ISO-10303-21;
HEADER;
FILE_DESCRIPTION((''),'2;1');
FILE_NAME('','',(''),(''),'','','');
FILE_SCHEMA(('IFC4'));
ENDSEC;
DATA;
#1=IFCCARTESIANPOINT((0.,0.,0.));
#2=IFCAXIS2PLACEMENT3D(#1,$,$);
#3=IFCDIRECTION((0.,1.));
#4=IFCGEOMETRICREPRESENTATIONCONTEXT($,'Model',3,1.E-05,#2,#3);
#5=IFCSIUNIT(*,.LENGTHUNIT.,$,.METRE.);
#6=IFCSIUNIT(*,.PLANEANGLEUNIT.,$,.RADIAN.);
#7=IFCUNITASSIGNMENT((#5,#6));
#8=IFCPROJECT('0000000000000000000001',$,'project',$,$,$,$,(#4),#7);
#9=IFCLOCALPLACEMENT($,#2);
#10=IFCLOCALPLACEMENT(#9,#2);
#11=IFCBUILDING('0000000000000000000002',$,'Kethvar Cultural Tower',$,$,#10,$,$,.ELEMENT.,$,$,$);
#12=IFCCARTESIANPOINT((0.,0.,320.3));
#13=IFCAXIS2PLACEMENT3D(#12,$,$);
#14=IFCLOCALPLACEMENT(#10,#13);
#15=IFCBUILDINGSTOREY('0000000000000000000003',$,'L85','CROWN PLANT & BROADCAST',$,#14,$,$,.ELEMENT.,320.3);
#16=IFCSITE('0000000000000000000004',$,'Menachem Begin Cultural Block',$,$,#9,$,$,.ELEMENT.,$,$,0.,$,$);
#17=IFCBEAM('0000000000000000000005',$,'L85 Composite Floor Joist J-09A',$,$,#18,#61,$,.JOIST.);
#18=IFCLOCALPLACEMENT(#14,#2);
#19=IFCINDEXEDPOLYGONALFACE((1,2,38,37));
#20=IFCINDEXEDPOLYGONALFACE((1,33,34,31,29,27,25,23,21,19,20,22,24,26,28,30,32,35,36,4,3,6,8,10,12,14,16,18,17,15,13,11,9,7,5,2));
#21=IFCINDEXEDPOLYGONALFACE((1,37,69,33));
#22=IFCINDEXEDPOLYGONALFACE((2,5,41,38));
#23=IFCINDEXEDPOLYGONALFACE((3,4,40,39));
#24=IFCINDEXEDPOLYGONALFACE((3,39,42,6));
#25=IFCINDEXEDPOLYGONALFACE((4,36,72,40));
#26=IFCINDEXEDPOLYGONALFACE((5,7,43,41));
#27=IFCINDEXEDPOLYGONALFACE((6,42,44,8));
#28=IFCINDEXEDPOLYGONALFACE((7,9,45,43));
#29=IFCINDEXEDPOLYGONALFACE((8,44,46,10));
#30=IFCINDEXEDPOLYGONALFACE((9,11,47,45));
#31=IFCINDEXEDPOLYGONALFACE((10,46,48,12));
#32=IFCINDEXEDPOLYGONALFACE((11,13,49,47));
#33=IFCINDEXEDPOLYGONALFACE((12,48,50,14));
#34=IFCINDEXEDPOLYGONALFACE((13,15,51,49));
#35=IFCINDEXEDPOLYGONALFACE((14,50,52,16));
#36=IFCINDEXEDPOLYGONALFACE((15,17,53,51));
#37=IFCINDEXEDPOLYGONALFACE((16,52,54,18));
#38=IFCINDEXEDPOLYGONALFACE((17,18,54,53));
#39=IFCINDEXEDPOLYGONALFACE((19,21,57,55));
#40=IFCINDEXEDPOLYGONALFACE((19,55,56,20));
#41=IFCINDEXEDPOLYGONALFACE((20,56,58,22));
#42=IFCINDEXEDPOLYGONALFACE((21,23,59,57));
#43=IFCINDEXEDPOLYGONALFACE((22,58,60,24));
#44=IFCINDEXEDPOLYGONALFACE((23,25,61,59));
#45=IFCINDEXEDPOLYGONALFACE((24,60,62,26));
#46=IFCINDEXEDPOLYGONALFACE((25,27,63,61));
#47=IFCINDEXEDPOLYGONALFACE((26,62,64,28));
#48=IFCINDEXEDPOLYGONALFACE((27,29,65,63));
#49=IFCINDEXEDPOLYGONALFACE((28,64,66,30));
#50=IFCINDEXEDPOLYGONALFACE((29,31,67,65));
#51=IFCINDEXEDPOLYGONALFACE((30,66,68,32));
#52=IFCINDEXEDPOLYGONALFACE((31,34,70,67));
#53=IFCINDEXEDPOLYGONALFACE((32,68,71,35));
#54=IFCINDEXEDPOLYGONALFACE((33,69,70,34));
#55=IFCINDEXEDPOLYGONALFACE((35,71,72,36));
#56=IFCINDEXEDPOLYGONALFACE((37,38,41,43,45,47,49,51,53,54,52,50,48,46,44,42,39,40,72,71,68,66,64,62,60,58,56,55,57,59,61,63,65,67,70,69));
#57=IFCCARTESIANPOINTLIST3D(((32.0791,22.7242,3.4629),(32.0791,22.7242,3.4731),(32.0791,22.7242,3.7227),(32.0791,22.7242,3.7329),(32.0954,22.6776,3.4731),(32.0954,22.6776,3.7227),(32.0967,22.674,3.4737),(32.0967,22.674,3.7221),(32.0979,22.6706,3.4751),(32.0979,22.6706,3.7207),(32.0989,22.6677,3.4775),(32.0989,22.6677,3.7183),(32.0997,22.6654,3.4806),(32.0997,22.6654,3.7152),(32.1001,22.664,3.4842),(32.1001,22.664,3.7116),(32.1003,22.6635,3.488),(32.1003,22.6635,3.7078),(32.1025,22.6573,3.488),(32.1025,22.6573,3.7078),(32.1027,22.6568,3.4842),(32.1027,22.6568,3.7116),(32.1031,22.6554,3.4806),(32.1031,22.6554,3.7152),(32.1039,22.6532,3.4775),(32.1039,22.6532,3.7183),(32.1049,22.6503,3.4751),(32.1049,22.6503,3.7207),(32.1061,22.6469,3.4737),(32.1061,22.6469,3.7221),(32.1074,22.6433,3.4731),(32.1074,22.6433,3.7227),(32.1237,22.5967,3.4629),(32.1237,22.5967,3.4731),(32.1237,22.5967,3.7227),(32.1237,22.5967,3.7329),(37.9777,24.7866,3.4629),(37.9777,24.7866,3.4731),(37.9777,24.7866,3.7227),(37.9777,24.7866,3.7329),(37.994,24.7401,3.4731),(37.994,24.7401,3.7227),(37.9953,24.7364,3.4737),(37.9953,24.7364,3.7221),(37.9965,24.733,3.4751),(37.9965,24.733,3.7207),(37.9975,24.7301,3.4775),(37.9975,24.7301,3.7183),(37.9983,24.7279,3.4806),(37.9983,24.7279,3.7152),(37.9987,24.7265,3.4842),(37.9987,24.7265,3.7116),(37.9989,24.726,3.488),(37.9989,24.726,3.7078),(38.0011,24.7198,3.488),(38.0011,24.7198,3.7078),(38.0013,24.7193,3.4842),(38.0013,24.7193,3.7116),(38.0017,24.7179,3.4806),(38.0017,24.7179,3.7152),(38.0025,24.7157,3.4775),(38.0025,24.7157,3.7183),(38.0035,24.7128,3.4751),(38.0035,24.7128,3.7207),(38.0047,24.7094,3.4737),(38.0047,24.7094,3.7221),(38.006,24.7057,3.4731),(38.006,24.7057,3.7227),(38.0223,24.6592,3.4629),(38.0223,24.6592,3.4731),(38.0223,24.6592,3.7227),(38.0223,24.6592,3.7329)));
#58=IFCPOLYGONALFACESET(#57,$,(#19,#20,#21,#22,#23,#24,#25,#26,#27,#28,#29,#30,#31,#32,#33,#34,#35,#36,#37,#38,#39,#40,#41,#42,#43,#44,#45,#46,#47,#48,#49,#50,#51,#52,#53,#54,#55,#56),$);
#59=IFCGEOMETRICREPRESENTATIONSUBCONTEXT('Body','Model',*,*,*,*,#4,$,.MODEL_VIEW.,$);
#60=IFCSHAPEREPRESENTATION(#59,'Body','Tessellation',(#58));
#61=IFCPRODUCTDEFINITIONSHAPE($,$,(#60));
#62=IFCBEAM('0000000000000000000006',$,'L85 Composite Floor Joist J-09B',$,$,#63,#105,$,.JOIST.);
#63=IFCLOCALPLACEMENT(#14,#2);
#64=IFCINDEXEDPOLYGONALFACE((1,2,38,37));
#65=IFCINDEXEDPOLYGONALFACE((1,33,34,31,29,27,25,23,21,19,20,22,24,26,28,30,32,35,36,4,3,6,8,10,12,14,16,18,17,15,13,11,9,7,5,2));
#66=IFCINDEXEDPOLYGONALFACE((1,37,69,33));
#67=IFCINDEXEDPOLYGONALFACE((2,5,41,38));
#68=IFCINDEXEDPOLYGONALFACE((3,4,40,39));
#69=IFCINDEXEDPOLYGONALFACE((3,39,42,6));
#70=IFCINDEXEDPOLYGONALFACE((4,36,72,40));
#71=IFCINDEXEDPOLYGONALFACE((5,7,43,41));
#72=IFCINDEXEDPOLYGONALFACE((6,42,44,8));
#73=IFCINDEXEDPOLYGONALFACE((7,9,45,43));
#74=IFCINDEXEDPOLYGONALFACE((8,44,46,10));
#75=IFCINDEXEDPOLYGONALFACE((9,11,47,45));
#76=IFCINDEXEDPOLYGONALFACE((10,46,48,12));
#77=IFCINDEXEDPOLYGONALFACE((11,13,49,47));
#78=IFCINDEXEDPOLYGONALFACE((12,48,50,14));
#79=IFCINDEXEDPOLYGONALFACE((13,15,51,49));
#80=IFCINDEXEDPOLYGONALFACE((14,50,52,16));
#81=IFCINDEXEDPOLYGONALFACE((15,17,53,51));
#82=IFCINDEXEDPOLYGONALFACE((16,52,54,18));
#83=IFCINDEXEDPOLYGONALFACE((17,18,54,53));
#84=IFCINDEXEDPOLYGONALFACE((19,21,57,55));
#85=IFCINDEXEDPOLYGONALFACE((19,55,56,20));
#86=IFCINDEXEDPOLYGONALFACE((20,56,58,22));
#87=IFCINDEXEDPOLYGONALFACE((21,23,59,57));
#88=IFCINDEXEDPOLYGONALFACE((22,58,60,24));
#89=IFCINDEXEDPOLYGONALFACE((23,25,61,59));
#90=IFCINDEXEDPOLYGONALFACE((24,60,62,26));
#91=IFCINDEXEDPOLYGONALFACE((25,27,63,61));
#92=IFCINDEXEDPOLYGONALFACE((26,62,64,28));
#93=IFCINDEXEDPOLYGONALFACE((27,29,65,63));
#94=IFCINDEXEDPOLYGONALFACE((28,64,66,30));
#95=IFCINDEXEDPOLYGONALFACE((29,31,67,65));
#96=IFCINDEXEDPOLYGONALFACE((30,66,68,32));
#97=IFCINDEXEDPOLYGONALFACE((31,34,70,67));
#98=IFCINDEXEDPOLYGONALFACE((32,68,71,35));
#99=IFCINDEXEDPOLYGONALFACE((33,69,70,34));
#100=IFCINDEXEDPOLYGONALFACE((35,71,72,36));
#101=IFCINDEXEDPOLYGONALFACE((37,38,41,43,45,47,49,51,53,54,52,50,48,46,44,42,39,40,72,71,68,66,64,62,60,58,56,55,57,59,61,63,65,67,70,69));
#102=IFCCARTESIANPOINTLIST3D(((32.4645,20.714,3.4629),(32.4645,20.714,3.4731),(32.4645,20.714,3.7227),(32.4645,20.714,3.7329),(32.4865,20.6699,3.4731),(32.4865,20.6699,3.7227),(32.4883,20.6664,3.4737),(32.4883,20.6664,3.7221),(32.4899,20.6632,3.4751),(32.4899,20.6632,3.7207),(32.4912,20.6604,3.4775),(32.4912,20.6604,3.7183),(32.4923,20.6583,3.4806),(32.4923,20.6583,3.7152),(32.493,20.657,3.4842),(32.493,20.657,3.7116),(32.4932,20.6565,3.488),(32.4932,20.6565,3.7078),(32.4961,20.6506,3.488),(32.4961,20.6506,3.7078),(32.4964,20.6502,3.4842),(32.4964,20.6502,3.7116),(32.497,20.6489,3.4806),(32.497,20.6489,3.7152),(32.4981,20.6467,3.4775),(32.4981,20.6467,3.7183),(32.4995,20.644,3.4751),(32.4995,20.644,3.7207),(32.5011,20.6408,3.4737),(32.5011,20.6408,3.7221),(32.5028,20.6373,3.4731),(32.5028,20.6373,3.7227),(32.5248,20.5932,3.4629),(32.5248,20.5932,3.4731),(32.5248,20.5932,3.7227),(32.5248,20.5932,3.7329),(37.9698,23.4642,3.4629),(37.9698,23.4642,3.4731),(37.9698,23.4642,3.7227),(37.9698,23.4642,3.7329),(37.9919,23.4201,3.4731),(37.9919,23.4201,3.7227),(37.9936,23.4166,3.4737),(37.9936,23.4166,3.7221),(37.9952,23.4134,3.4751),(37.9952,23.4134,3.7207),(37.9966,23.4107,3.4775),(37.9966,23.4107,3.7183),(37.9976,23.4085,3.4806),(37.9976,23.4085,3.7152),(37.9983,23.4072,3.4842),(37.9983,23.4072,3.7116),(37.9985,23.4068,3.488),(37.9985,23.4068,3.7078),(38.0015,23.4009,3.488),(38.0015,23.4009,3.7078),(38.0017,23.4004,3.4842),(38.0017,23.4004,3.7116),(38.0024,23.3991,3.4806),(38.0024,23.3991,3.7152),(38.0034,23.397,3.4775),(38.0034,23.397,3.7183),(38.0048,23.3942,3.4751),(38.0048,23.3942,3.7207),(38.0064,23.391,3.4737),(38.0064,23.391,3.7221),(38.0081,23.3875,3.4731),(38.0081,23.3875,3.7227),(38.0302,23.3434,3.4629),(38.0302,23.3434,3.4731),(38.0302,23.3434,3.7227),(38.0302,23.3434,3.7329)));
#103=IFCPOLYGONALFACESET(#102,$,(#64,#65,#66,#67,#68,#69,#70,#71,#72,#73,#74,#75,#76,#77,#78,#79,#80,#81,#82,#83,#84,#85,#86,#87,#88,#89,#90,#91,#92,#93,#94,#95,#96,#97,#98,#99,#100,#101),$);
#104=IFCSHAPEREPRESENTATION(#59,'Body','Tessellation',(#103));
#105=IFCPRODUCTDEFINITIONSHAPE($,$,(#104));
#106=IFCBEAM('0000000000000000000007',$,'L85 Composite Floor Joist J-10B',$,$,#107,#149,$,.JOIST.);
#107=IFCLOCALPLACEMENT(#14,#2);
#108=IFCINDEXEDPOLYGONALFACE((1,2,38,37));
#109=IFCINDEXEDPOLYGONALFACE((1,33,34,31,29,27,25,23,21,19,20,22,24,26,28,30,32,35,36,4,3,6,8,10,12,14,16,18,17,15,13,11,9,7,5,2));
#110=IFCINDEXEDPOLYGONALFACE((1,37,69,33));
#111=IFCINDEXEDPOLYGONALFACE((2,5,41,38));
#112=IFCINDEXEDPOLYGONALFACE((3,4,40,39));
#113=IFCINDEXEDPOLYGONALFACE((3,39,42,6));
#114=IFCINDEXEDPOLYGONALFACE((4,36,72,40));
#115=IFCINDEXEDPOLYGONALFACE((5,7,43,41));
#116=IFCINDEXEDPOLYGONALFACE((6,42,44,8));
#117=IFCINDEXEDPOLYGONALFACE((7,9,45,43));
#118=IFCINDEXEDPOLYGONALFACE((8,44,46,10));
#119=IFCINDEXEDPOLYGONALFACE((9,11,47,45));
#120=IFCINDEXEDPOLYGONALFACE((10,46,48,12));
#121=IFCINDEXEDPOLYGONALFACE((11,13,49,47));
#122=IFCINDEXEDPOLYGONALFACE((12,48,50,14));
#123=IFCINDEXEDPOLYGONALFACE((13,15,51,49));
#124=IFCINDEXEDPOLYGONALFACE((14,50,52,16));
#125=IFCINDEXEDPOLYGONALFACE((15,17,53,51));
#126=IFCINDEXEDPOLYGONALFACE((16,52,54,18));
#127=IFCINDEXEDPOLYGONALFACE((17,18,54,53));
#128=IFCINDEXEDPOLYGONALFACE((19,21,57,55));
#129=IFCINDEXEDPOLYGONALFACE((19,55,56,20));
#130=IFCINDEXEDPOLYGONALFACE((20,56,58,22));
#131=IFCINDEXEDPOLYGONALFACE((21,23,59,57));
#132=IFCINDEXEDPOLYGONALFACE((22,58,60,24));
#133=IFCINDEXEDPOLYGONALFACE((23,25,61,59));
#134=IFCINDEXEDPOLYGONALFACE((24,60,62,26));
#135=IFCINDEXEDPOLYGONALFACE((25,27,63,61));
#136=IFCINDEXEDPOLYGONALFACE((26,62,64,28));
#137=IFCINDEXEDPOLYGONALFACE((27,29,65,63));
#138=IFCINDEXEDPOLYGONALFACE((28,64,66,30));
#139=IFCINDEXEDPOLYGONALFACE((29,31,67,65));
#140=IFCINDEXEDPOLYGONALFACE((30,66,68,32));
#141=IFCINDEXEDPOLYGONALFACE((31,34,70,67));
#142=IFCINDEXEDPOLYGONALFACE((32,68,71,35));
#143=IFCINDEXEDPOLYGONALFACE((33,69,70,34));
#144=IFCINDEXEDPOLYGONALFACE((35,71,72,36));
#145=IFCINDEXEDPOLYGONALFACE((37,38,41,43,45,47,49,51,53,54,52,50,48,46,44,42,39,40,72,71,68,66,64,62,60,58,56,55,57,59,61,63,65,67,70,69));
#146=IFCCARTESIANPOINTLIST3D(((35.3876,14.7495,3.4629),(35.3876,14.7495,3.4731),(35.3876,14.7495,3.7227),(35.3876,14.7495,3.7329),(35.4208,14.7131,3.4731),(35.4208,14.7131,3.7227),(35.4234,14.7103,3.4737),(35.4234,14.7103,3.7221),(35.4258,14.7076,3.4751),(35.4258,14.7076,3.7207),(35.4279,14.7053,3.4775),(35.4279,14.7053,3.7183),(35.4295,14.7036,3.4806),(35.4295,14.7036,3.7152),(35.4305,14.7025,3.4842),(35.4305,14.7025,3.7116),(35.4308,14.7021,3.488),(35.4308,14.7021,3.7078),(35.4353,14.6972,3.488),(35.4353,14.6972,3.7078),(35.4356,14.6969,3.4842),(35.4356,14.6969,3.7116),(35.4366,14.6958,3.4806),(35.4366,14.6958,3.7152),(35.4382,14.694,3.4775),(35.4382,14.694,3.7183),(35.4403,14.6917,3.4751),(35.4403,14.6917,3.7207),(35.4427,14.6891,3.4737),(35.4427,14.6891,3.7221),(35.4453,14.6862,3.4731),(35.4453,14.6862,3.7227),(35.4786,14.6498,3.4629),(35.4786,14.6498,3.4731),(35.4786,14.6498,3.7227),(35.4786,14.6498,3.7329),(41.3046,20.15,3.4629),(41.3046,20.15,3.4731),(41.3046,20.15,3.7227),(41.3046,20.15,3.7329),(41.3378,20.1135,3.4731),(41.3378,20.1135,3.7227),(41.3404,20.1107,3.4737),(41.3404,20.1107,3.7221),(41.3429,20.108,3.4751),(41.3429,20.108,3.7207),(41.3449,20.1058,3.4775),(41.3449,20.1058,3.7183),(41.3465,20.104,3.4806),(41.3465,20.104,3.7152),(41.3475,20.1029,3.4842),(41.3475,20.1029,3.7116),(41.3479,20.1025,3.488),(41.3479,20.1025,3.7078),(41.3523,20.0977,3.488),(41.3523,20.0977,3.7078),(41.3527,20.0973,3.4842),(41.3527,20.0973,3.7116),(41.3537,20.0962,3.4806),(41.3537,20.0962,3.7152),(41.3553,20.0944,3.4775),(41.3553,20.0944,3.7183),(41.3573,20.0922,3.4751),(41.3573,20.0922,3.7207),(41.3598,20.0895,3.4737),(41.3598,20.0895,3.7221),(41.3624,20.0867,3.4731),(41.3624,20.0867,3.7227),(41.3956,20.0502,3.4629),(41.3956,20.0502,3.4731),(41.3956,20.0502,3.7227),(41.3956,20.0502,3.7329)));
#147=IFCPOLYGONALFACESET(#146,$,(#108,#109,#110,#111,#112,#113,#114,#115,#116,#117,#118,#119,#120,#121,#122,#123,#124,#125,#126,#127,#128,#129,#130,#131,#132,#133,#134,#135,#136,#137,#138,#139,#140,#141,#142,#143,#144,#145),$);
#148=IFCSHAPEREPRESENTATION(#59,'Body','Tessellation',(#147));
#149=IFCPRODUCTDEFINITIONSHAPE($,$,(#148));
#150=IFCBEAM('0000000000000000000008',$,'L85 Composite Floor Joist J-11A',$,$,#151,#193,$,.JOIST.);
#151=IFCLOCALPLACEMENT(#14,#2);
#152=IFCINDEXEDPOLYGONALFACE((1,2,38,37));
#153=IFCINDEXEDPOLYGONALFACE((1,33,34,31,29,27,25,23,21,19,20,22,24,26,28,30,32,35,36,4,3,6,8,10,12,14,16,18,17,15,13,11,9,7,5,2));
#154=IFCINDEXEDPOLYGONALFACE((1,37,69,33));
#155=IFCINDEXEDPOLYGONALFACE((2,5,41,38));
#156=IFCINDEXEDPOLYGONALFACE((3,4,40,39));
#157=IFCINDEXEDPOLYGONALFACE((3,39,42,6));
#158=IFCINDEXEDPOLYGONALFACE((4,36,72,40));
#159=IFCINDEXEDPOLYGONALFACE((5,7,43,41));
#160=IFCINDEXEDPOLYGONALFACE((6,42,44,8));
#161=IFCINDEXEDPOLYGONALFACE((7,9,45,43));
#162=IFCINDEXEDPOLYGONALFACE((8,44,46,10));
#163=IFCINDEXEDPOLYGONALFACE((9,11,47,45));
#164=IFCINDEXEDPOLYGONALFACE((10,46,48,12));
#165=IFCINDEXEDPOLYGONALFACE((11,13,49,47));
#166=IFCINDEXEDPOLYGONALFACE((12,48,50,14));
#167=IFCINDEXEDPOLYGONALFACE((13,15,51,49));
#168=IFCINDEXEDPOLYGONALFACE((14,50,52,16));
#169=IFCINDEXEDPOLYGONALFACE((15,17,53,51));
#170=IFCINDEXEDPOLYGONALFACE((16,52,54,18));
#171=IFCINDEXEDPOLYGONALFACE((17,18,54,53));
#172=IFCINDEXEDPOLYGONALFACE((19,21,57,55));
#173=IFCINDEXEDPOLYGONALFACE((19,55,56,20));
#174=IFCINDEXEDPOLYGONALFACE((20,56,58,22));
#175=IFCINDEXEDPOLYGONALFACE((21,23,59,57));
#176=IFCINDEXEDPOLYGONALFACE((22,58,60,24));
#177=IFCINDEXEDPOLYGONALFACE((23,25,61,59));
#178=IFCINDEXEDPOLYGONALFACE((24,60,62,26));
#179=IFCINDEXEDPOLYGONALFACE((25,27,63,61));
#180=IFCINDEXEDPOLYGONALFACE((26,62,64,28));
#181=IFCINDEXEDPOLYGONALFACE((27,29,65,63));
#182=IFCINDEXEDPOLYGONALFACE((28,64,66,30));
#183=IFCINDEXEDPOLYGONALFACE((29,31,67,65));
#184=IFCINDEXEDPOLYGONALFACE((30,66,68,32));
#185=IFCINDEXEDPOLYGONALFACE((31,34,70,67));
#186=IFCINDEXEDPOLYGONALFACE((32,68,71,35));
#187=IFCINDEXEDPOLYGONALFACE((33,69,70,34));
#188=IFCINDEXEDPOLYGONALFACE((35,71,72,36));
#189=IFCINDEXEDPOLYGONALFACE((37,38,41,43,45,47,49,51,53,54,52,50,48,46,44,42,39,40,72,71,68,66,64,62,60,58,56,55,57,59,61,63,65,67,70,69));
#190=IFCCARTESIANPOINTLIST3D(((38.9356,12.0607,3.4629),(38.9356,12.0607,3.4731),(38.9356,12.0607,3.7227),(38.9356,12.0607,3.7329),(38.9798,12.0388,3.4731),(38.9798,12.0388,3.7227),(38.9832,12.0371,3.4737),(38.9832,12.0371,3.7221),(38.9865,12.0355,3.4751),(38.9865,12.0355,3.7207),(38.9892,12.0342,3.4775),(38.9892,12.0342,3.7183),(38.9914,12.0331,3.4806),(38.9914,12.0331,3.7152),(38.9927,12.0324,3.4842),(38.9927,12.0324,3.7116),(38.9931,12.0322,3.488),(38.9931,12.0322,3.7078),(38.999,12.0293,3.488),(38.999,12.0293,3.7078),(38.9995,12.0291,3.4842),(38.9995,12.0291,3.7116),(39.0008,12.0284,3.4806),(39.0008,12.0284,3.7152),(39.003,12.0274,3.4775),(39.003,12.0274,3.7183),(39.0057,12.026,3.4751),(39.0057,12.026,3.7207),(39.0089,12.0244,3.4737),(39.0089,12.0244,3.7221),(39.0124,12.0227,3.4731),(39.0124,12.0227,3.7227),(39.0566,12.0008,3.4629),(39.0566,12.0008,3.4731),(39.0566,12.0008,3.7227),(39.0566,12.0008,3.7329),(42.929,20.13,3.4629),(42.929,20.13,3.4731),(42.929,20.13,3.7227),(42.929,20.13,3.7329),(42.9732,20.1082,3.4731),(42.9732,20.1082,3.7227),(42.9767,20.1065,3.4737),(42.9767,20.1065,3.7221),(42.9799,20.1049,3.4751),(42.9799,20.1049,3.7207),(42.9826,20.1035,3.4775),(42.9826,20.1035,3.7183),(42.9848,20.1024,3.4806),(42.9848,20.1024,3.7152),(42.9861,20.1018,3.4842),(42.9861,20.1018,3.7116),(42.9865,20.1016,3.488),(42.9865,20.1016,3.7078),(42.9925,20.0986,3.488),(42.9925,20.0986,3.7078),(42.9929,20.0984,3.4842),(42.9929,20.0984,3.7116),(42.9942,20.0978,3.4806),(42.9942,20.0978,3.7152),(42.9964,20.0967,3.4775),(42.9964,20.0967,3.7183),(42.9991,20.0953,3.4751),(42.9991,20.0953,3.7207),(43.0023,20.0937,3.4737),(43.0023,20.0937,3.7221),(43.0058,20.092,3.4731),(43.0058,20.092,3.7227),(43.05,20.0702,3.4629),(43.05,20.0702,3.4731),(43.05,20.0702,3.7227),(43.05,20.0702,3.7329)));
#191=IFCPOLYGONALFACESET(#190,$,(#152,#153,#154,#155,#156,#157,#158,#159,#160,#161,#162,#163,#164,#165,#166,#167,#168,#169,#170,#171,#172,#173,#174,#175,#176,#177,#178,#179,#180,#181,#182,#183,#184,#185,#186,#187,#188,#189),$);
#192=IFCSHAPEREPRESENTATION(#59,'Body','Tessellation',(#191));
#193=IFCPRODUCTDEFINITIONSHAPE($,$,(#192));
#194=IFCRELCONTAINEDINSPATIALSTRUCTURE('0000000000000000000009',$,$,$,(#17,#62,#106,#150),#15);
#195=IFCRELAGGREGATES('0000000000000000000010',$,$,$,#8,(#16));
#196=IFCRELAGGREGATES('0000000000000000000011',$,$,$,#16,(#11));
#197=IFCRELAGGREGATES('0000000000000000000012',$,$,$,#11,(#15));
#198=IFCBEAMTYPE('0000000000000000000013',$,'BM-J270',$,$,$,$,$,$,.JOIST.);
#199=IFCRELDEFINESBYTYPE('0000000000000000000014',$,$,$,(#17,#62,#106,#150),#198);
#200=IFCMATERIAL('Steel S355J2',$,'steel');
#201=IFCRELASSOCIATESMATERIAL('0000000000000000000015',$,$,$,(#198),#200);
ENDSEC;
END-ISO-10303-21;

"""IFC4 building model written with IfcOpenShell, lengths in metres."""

from ifc_helpers import new_model, si_unit, direction, frame, origin, origin_2d, place, context, subcontext, project, spatial, i_section, extrude, source, transform, mapped, material, material_profile, profile_set, type_object, element, save


model = new_model("IFC4")

# Units and contexts
model_context = context("Model", 3, precision=1e-05, world=origin(), true_north=direction((0.0, 1.0)))
body_context = subcontext(model_context, "Body", "Model", "MODEL_VIEW")
ifc_project = project(units=[si_unit("LENGTHUNIT", "METRE"), si_unit("PLANEANGLEUNIT", "RADIAN")], contexts=[model_context])

# Site, building, storey
site_placement = place(None, origin())
site = spatial("IfcSite", under=ifc_project, at=site_placement, Name="Menachem Begin Cultural Block", CompositionType="ELEMENT", RefElevation=0.0)
building_placement = place(site_placement, origin())
building = spatial("IfcBuilding", under=site, at=building_placement, Name="Kethvar Cultural Tower", CompositionType="ELEMENT")
storey_placement = place(building_placement, frame((0.0, 0.0, 320.3)))
storey = spatial("IfcBuildingStorey", under=building, at=storey_placement, Name="L85", Description="CROWN PLANT & BROADCAST", CompositionType="ELEMENT", Elevation=320.3)

# Beams
ifc_material_1 = material(Name="Steel S355J2", Category="steel")
ifc_material_profile_1 = material_profile(ifc_material_1, i_section(OverallWidth=0.135, OverallDepth=0.27, WebThickness=0.0066, FlangeThickness=0.0103, FilletRadius=0.0149, at=origin_2d()), Name="Steel S355J2 — IPE270")
ifc_profile_set_1 = profile_set([ifc_material_profile_1], Name="Steel S355J2 — IPE270")
beam_type_1 = type_object("IfcBeamType", Name="BM-J270", PredefinedType="JOIST", material=ifc_profile_set_1)
shared_shape_1 = source(origin(), body_context, "Body", "SweptSolid", [
    extrude(i_section(OverallWidth=0.135, OverallDepth=0.27, WebThickness=0.0066, FlangeThickness=0.0103, FilletRadius=0.0149, at=origin_2d()), origin(), (0.0, 0.0, 1.0), 6.2488),
])
beam_1_placement = place(storey_placement, frame((38.0, 24.7229, 3.5979), z_axis=(-0.94396, -0.33006, 0.0), x_axis=(0.33006, -0.94396, 0.0)))
element("IfcBeam", 1, at=beam_1_placement, inside=storey, type_object=beam_type_1, Name="L85 Composite Floor Joist J-09A", PredefinedType="JOIST", context=body_context, shape_type="MappedRepresentation", body=[
    mapped(shared_shape_1, transform((0.0, 0.0, 0.0), scale=1.0)),
])
shared_shape_2 = source(origin(), body_context, "Body", "SweptSolid", [
    extrude(i_section(OverallWidth=0.135, OverallDepth=0.27, WebThickness=0.0066, FlangeThickness=0.0103, FilletRadius=0.0149, at=origin_2d()), origin(), (0.0, 0.0, 1.0), 6.1541),
])
beam_2_placement = place(storey_placement, frame((38.0, 23.4038, 3.5979), z_axis=(-0.894586, -0.446896, 0.0), x_axis=(0.446896, -0.894586, 0.0)))
element("IfcBeam", 2, at=beam_2_placement, inside=storey, type_object=beam_type_1, Name="L85 Composite Floor Joist J-09B", PredefinedType="JOIST", context=body_context, shape_type="MappedRepresentation", body=[
    mapped(shared_shape_2, transform((0.0, 0.0, 0.0), scale=1.0)),
])
shared_shape_3 = source(origin(), body_context, "Body", "SweptSolid", [
    extrude(i_section(OverallWidth=0.135, OverallDepth=0.27, WebThickness=0.0066, FlangeThickness=0.0103, FilletRadius=0.0149, at=origin_2d()), origin(), (0.0, 0.0, 1.0), 8.011),
])
beam_3_placement = place(storey_placement, frame((41.3501, 20.1001, 3.5979), z_axis=(-0.738615, -0.674128, 0.0), x_axis=(0.674128, -0.738615, 0.0)))
element("IfcBeam", 3, at=beam_3_placement, inside=storey, type_object=beam_type_1, Name="L85 Composite Floor Joist J-10B", PredefinedType="JOIST", context=body_context, shape_type="MappedRepresentation", body=[
    mapped(shared_shape_3, transform((0.0, 0.0, 0.0), scale=1.0)),
])
shared_shape_4 = source(origin(), body_context, "Body", "SweptSolid", [
    extrude(i_section(OverallWidth=0.135, OverallDepth=0.27, WebThickness=0.0066, FlangeThickness=0.0103, FilletRadius=0.0149, at=origin_2d()), origin(), (0.0, 0.0, 1.0), 9.0034),
])
beam_4_placement = place(storey_placement, frame((42.9895, 20.1001, 3.5979), z_axis=(-0.443544, -0.896253, 0.0), x_axis=(0.896253, -0.443544, 0.0)))
element("IfcBeam", 4, at=beam_4_placement, inside=storey, type_object=beam_type_1, Name="L85 Composite Floor Joist J-11A", PredefinedType="JOIST", context=body_context, shape_type="MappedRepresentation", body=[
    mapped(shared_shape_4, transform((0.0, 0.0, 0.0), scale=1.0)),
])

save(model, "model.ifc")
